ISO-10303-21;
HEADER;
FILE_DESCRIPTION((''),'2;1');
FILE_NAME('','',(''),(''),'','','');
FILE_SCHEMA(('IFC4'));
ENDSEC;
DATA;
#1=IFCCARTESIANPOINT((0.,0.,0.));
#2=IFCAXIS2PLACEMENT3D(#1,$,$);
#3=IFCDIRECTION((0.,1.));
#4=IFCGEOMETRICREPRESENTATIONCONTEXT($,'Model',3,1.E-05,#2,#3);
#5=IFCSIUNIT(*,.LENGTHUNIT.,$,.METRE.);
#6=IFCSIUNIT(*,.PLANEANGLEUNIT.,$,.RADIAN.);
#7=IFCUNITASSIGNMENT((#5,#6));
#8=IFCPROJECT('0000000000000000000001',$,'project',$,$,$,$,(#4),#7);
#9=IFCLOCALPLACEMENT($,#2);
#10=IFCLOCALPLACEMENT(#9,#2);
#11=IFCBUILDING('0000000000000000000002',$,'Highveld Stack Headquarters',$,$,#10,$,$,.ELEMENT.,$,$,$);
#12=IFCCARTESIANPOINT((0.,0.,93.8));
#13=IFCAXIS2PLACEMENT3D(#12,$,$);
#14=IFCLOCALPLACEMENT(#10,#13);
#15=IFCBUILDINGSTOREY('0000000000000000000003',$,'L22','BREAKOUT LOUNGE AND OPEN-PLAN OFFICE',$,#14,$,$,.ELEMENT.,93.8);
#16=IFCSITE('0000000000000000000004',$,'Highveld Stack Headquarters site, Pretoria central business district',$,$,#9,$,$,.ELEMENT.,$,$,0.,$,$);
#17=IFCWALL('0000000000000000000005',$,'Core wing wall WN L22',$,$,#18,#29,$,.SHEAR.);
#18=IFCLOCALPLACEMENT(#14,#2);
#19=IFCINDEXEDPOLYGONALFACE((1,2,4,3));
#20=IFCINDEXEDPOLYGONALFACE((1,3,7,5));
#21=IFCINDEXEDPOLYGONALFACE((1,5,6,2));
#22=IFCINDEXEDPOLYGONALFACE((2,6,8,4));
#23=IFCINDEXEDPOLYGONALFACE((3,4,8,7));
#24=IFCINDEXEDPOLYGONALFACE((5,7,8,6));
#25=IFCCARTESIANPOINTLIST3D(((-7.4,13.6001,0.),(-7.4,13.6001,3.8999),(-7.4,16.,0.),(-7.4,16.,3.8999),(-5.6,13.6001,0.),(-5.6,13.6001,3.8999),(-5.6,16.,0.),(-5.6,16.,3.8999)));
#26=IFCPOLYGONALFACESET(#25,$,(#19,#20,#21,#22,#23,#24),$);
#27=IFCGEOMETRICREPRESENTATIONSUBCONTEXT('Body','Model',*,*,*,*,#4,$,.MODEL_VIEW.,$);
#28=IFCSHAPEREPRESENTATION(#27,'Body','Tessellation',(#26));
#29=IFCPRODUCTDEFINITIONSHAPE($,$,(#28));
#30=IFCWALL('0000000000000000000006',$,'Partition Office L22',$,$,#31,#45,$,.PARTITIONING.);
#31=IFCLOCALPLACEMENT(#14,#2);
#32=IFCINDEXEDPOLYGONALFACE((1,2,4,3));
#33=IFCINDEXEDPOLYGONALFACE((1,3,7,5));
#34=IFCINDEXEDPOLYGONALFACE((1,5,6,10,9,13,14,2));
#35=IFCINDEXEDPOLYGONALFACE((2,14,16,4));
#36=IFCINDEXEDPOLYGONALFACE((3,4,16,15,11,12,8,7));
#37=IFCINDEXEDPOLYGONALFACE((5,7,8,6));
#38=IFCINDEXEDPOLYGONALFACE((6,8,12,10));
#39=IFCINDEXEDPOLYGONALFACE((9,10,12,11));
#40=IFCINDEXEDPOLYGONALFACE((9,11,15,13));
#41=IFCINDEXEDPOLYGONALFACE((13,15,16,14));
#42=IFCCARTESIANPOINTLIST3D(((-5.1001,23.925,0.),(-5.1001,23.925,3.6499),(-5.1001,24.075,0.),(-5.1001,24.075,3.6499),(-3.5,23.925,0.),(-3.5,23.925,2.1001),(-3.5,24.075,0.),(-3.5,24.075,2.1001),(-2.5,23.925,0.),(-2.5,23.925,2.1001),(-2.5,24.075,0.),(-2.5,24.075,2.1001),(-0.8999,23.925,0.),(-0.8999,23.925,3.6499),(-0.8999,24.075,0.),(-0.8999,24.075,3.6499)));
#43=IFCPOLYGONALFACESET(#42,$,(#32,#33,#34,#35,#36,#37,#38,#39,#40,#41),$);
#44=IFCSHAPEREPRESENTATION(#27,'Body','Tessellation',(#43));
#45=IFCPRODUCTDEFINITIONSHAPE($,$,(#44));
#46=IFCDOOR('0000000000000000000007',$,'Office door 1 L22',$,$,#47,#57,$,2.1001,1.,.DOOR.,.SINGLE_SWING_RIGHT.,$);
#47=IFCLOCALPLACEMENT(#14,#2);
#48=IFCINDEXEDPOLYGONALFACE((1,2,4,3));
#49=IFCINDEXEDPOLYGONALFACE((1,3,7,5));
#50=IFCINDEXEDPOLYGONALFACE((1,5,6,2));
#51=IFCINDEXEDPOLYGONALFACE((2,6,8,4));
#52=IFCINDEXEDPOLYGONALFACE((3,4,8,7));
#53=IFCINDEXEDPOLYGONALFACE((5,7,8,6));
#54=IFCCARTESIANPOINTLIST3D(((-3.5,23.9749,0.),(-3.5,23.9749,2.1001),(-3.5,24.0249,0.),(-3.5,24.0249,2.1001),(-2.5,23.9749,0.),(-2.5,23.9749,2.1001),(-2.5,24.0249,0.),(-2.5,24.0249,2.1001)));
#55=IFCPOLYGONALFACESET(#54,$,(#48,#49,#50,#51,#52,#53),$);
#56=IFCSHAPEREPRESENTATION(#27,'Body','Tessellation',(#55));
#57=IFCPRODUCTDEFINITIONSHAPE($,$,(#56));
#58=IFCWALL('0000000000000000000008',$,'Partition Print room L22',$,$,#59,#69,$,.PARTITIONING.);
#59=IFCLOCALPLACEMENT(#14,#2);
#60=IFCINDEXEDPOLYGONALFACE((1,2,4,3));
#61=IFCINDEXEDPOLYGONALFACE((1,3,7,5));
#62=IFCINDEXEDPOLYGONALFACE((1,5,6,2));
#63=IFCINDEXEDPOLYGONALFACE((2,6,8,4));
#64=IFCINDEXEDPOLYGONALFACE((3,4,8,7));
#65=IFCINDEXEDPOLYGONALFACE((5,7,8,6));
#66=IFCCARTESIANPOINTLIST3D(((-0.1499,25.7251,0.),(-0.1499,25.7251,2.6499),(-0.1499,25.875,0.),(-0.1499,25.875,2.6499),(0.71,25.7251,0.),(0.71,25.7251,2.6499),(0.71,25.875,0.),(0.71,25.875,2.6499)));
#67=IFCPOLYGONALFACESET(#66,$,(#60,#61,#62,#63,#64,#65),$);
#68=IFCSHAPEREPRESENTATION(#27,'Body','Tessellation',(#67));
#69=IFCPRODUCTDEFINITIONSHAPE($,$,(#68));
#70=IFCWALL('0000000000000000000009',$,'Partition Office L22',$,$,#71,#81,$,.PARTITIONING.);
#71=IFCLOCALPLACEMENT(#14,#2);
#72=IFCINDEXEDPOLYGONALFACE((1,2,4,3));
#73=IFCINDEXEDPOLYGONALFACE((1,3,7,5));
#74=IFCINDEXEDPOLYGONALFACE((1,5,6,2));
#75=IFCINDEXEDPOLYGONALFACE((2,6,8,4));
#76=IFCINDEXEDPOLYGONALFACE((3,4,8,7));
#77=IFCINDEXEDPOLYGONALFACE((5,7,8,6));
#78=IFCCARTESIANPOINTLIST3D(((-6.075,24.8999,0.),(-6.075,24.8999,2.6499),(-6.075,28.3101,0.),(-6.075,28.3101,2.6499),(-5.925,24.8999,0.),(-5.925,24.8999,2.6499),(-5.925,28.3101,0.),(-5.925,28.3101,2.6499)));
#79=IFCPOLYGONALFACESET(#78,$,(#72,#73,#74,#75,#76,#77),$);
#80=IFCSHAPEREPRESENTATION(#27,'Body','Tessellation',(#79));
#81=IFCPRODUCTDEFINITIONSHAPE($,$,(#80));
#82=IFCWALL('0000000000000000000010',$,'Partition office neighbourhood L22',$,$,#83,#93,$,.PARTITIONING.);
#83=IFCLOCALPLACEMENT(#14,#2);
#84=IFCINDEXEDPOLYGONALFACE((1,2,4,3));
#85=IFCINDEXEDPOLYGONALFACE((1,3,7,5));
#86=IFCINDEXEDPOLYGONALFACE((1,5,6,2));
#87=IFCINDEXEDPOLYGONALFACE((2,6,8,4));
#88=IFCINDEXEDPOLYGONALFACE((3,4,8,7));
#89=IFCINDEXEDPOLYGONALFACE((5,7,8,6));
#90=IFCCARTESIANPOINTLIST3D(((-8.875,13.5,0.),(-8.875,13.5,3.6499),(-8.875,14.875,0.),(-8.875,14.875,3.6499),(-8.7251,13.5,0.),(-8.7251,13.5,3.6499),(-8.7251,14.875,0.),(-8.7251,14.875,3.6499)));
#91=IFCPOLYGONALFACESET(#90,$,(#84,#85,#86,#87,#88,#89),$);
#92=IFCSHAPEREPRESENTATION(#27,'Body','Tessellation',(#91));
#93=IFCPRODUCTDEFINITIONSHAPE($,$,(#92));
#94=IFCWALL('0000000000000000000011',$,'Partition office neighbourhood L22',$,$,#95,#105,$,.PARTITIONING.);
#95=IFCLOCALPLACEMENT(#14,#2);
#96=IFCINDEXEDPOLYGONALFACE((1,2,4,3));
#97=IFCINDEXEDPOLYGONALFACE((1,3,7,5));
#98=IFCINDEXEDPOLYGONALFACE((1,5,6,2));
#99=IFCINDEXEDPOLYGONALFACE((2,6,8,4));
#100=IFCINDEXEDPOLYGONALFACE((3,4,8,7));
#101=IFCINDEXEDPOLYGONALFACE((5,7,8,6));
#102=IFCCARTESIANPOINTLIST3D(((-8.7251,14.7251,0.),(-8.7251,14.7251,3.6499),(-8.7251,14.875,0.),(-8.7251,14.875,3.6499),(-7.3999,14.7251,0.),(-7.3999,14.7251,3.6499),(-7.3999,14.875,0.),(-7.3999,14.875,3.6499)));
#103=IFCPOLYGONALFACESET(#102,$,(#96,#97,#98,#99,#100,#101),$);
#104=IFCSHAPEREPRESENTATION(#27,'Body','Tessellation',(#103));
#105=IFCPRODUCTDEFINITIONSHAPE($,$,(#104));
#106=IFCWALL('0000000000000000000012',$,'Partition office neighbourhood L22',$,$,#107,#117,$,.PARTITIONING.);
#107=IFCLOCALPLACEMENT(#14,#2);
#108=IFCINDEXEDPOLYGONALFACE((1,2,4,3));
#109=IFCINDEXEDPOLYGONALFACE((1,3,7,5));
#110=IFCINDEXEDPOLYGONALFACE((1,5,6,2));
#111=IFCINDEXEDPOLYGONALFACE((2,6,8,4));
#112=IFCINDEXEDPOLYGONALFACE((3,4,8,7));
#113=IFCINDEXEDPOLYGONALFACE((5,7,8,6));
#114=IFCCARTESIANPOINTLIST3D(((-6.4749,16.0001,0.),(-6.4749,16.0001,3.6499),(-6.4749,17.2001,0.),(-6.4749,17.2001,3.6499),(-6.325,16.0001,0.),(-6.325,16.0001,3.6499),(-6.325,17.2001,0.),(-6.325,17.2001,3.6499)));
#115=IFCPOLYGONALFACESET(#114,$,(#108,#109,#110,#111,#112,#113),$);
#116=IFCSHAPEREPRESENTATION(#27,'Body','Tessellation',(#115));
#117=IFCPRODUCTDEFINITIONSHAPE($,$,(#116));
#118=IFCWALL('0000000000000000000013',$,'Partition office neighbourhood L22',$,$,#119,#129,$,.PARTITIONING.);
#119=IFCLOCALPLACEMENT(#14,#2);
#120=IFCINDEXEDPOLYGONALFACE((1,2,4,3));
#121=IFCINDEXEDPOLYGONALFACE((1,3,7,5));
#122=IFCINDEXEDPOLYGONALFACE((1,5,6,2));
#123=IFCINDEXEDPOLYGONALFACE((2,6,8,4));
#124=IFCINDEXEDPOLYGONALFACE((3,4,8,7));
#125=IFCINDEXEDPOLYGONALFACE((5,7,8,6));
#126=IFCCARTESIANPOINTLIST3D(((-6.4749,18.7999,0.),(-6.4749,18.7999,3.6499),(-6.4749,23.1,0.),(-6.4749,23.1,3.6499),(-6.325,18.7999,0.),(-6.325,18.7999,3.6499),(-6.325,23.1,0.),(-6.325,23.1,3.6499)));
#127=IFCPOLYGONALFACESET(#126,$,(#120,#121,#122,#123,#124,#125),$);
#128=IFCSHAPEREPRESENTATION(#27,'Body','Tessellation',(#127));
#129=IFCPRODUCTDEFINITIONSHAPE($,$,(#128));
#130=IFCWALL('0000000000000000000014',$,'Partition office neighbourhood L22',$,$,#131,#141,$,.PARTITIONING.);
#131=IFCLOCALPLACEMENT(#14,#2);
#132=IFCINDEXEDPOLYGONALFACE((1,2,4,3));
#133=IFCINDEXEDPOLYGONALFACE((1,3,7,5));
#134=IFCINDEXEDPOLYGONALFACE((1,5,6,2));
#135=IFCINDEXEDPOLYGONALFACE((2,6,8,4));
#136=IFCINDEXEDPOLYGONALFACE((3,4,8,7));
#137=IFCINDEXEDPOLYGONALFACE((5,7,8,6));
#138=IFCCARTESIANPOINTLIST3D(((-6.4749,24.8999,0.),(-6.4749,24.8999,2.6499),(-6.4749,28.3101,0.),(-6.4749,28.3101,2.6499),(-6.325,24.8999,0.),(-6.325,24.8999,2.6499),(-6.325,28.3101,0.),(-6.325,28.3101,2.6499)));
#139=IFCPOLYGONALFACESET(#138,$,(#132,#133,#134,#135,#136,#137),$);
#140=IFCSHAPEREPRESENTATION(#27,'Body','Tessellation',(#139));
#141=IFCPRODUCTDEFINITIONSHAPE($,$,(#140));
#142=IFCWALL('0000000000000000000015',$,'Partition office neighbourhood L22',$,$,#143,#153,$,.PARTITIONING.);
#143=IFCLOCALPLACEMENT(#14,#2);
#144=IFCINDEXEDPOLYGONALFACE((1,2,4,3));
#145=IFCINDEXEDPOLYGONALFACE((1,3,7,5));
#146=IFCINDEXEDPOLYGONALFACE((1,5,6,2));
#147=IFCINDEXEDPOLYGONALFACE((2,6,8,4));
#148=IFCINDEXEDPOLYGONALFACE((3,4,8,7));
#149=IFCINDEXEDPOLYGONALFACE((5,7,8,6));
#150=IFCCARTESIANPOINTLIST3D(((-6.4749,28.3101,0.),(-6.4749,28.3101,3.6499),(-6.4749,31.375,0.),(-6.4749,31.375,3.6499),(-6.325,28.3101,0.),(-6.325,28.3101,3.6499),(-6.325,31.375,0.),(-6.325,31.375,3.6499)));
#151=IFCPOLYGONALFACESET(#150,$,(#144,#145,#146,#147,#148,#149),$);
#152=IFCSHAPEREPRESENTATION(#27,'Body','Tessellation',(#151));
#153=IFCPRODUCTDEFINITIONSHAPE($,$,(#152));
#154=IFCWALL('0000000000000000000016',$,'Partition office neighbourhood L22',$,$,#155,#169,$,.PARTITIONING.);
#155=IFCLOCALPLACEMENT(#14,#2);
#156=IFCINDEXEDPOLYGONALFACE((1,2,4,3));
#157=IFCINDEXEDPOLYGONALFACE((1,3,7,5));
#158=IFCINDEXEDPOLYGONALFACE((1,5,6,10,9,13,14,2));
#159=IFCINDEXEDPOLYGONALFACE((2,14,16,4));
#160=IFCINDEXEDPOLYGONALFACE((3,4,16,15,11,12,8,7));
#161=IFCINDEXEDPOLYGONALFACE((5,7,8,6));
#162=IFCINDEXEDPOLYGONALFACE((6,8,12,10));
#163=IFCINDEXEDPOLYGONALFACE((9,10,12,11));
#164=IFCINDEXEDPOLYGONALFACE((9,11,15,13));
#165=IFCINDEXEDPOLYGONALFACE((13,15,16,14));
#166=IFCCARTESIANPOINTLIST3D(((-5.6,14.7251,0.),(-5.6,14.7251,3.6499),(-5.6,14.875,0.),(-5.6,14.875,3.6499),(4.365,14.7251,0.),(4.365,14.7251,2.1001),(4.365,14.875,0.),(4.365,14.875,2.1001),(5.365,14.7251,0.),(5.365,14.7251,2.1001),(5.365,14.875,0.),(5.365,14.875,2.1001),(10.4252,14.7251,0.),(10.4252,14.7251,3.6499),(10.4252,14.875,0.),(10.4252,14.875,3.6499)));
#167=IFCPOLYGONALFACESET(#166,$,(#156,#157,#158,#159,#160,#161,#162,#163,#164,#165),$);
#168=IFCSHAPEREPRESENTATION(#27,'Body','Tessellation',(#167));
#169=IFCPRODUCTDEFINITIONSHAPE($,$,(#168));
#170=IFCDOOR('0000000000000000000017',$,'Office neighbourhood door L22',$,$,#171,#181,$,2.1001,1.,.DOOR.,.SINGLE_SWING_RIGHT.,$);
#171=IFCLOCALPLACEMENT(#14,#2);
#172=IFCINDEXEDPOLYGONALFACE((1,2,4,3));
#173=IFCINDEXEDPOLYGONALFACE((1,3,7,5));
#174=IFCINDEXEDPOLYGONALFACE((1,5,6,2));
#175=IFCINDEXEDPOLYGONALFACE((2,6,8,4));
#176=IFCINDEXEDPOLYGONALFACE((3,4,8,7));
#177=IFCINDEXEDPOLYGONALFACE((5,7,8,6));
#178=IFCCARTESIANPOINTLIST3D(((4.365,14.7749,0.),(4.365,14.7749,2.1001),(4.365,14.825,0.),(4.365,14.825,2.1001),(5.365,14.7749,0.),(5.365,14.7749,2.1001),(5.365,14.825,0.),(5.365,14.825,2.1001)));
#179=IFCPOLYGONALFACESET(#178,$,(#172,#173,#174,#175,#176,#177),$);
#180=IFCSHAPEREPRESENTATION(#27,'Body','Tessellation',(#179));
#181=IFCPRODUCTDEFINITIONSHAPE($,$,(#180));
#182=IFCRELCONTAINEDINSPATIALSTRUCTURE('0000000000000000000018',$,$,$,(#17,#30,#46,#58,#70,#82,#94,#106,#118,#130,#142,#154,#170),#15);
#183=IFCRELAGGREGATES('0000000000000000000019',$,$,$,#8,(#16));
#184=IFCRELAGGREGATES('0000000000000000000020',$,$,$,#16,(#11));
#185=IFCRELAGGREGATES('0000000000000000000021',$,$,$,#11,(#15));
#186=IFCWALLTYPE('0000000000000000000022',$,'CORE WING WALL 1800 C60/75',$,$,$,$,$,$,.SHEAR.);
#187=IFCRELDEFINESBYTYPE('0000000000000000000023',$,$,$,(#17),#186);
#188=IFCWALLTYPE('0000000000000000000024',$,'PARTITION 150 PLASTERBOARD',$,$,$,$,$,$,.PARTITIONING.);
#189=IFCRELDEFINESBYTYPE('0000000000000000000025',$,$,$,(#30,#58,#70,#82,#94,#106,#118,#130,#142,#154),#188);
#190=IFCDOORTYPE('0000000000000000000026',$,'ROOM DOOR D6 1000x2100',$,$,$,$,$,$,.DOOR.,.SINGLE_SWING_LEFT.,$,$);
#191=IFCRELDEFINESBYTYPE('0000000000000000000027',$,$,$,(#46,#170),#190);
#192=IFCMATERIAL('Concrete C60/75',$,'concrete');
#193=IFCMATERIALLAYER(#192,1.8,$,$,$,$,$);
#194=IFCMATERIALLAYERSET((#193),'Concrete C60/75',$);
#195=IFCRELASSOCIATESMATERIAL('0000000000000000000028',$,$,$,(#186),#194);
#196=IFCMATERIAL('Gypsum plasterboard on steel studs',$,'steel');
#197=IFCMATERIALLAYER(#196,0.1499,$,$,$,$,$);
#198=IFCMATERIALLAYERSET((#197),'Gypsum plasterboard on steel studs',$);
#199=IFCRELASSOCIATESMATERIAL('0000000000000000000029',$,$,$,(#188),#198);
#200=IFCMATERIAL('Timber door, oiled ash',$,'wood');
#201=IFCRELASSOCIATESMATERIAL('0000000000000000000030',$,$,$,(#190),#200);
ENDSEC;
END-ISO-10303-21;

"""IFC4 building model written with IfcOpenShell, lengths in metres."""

from ifc_helpers import new_model, si_unit, direction, frame, frame_2d, origin, place, context, subcontext, project, spatial, rectangle, extrude, material, layer, layer_set, type_object, element, fill, save


model = new_model("IFC4")

# Units and contexts
model_context = context("Model", 3, precision=1e-05, world=origin(), true_north=direction((0.0, 1.0)))
body_context = subcontext(model_context, "Body", "Model", "MODEL_VIEW")
ifc_project = project(units=[si_unit("LENGTHUNIT", "METRE"), si_unit("PLANEANGLEUNIT", "RADIAN")], contexts=[model_context])

# Site, building, storey
site_placement = place(None, origin())
site = spatial("IfcSite", under=ifc_project, at=site_placement, Name="Highveld Stack Headquarters site, Pretoria central business district", CompositionType="ELEMENT", RefElevation=0.0)
building_placement = place(site_placement, origin())
building = spatial("IfcBuilding", under=site, at=building_placement, Name="Highveld Stack Headquarters", CompositionType="ELEMENT")
storey_placement = place(building_placement, frame((0.0, 0.0, 93.8)))
storey = spatial("IfcBuildingStorey", under=building, at=storey_placement, Name="L22", Description="BREAKOUT LOUNGE AND OPEN-PLAN OFFICE", CompositionType="ELEMENT", Elevation=93.8)

# Wall
ifc_material_1 = material(Name="Concrete C60/75", Category="concrete")
ifc_layer_1 = layer(ifc_material_1, 1.8)
ifc_layer_set_1 = layer_set([ifc_layer_1], Name="Concrete C60/75")
wall_type_1 = type_object("IfcWallType", Name="CORE WING WALL 1800 C60/75", PredefinedType="SHEAR", material=ifc_layer_set_1)
wall_1_placement = place(storey_placement, frame((-6.5, 13.6001, 0.0), z_axis=(0.0, 0.0, 1.0), x_axis=(0.0, 1.0, 0.0)))
element("IfcWall", 1, at=wall_1_placement, inside=storey, type_object=wall_type_1, Name="Core wing wall WN L22", PredefinedType="SHEAR", context=body_context, shape_type="SweptSolid", body=[
    extrude(rectangle(XDim=2.3999, YDim=1.8, at=frame_2d((1.2, 0.0))), origin(), (0.0, 0.0, 1.0), 3.8999),
])

# Wall, opening, door
ifc_material_2 = material(Name="Gypsum plasterboard on steel studs", Category="steel")
ifc_layer_2 = layer(ifc_material_2, 0.1499)
ifc_layer_set_2 = layer_set([ifc_layer_2], Name="Gypsum plasterboard on steel studs")
wall_type_2 = type_object("IfcWallType", Name="PARTITION 150 PLASTERBOARD", PredefinedType="PARTITIONING", material=ifc_layer_set_2)
wall_2_placement = place(storey_placement, frame((-5.1001, 24.0, 0.0), z_axis=(0.0, 0.0, 1.0), x_axis=(1.0, 0.0, 0.0)))
wall_2 = element("IfcWall", 2, at=wall_2_placement, inside=storey, type_object=wall_type_2, Name="Partition Office L22", PredefinedType="PARTITIONING", context=body_context, shape_type="SweptSolid", body=[
    extrude(rectangle(XDim=4.2002, YDim=0.1499, at=frame_2d((2.1001, 0.0))), origin(), (0.0, 0.0, 1.0), 3.6499),
])
opening_1_placement = place(wall_2_placement, frame((1.6001, 0.0, 0.0)))
opening_1 = element("IfcOpeningElement", 3, at=opening_1_placement, cuts=wall_2, PredefinedType="OPENING", context=body_context, shape_type="SweptSolid", body=[
    extrude(rectangle(XDim=1.0, YDim=2.1001, at=frame_2d((0.5, 1.05))), frame((0.0, 0.085, 0.0), z_axis=(0.0, -1.0, 0.0), x_axis=(1.0, 0.0, 0.0)), (0.0, 0.0, 1.0), 0.1699),
])
ifc_material_3 = material(Name="Timber door, oiled ash", Category="wood")
door_type = type_object("IfcDoorType", Name="ROOM DOOR D6 1000x2100", OperationType="SINGLE_SWING_LEFT", PredefinedType="DOOR", material=ifc_material_3)
door_1_placement = place(opening_1_placement, origin())
door_1 = element("IfcDoor", 4, at=door_1_placement, inside=storey, type_object=door_type, Name="Office door 1 L22", OperationType="SINGLE_SWING_RIGHT", OverallHeight=2.1001, OverallWidth=1.0, PredefinedType="DOOR", context=body_context, shape_type="SweptSolid", body=[
    extrude(rectangle(XDim=1.0, YDim=2.1001, at=frame_2d((0.5, 1.05))), frame((0.0, 0.0249, 0.0), z_axis=(0.0, -1.0, 0.0), x_axis=(1.0, 0.0, 0.0)), (0.0, 0.0, 1.0), 0.05),
])
fill(opening_1, door_1)

# Walls
wall_3_placement = place(storey_placement, frame((-0.1499, 25.8, 0.0), z_axis=(0.0, 0.0, 1.0), x_axis=(1.0, 0.0, 0.0)))
element("IfcWall", 5, at=wall_3_placement, inside=storey, type_object=wall_type_2, Name="Partition Print room L22", PredefinedType="PARTITIONING", context=body_context, shape_type="SweptSolid", body=[
    extrude(rectangle(XDim=0.8599, YDim=0.1499, at=frame_2d((0.4299, 0.0))), origin(), (0.0, 0.0, 1.0), 2.6499),
])
wall_4_placement = place(storey_placement, frame((-6.0, 24.8999, 0.0), z_axis=(0.0, 0.0, 1.0), x_axis=(0.0, 1.0, 0.0)))
element("IfcWall", 6, at=wall_4_placement, inside=storey, type_object=wall_type_2, Name="Partition Office L22", PredefinedType="PARTITIONING", context=body_context, shape_type="SweptSolid", body=[
    extrude(rectangle(XDim=3.4102, YDim=0.1499, at=frame_2d((1.7051, 0.0))), origin(), (0.0, 0.0, 1.0), 2.6499),
])
wall_5_placement = place(storey_placement, frame((-8.8, 13.5, 0.0), z_axis=(0.0, 0.0, 1.0), x_axis=(0.0, 1.0, 0.0)))
element("IfcWall", 7, at=wall_5_placement, inside=storey, type_object=wall_type_2, Name="Partition office neighbourhood L22", PredefinedType="PARTITIONING", context=body_context, shape_type="SweptSolid", body=[
    extrude(rectangle(XDim=1.375, YDim=0.1499, at=frame_2d((0.6875, 0.0))), origin(), (0.0, 0.0, 1.0), 3.6499),
])
wall_6_placement = place(storey_placement, frame((-8.7251, 14.8, 0.0), z_axis=(0.0, 0.0, 1.0), x_axis=(1.0, 0.0, 0.0)))
element("IfcWall", 8, at=wall_6_placement, inside=storey, type_object=wall_type_2, Name="Partition office neighbourhood L22", PredefinedType="PARTITIONING", context=body_context, shape_type="SweptSolid", body=[
    extrude(rectangle(XDim=1.3252, YDim=0.1499, at=frame_2d((0.6626, 0.0))), origin(), (0.0, 0.0, 1.0), 3.6499),
])
wall_7_placement = place(storey_placement, frame((-6.3999, 16.0, 0.0), z_axis=(0.0, 0.0, 1.0), x_axis=(0.0, 1.0, 0.0)))
element("IfcWall", 9, at=wall_7_placement, inside=storey, type_object=wall_type_2, Name="Partition office neighbourhood L22", PredefinedType="PARTITIONING", context=body_context, shape_type="SweptSolid", body=[
    extrude(rectangle(XDim=1.2, YDim=0.1499, at=frame_2d((0.6001, 0.0))), origin(), (0.0, 0.0, 1.0), 3.6499),
])
wall_8_placement = place(storey_placement, frame((-6.3999, 18.8, 0.0), z_axis=(0.0, 0.0, 1.0), x_axis=(0.0, 1.0, 0.0)))
element("IfcWall", 10, at=wall_8_placement, inside=storey, type_object=wall_type_2, Name="Partition office neighbourhood L22", PredefinedType="PARTITIONING", context=body_context, shape_type="SweptSolid", body=[
    extrude(rectangle(XDim=4.3, YDim=0.1499, at=frame_2d((2.1499, 0.0))), origin(), (0.0, 0.0, 1.0), 3.6499),
])
wall_9_placement = place(storey_placement, frame((-6.3999, 24.8999, 0.0), z_axis=(0.0, 0.0, 1.0), x_axis=(0.0, 1.0, 0.0)))
element("IfcWall", 11, at=wall_9_placement, inside=storey, type_object=wall_type_2, Name="Partition office neighbourhood L22", PredefinedType="PARTITIONING", context=body_context, shape_type="SweptSolid", body=[
    extrude(rectangle(XDim=3.4102, YDim=0.1499, at=frame_2d((1.7051, 0.0))), origin(), (0.0, 0.0, 1.0), 2.6499),
])
wall_10_placement = place(storey_placement, frame((-6.3999, 28.3101, 0.0), z_axis=(0.0, 0.0, 1.0), x_axis=(0.0, 1.0, 0.0)))
element("IfcWall", 12, at=wall_10_placement, inside=storey, type_object=wall_type_2, Name="Partition office neighbourhood L22", PredefinedType="PARTITIONING", context=body_context, shape_type="SweptSolid", body=[
    extrude(rectangle(XDim=3.0649, YDim=0.1499, at=frame_2d((1.5325, 0.0))), origin(), (0.0, 0.0, 1.0), 3.6499),
])

# Wall, opening, door
wall_11_placement = place(storey_placement, frame((-5.6001, 14.8, 0.0), z_axis=(0.0, 0.0, 1.0), x_axis=(1.0, 0.0, 0.0)))
wall_11 = element("IfcWall", 13, at=wall_11_placement, inside=storey, type_object=wall_type_2, Name="Partition office neighbourhood L22", PredefinedType="PARTITIONING", context=body_context, shape_type="SweptSolid", body=[
    extrude(rectangle(XDim=16.0251, YDim=0.1499, at=frame_2d((8.0127, 0.0))), origin(), (0.0, 0.0, 1.0), 3.6499),
])
opening_2_placement = place(wall_11_placement, frame((9.9651, 0.0, 0.0)))
opening_2 = element("IfcOpeningElement", 14, at=opening_2_placement, cuts=wall_11, PredefinedType="OPENING", context=body_context, shape_type="SweptSolid", body=[
    extrude(rectangle(XDim=1.0, YDim=2.1001, at=frame_2d((0.5, 1.05))), frame((0.0, 0.085, 0.0), z_axis=(0.0, -1.0, 0.0), x_axis=(1.0, 0.0, 0.0)), (0.0, 0.0, 1.0), 0.1699),
])
door_2_placement = place(opening_2_placement, origin())
door_2 = element("IfcDoor", 15, at=door_2_placement, inside=storey, type_object=door_type, Name="Office neighbourhood door L22", OperationType="SINGLE_SWING_RIGHT", OverallHeight=2.1001, OverallWidth=1.0, PredefinedType="DOOR", context=body_context, shape_type="SweptSolid", body=[
    extrude(rectangle(XDim=1.0, YDim=2.1001, at=frame_2d((0.5, 1.05))), frame((0.0, 0.0249, 0.0), z_axis=(0.0, -1.0, 0.0), x_axis=(1.0, 0.0, 0.0)), (0.0, 0.0, 1.0), 0.05),
])
fill(opening_2, door_2)

save(model, "model.ifc")
